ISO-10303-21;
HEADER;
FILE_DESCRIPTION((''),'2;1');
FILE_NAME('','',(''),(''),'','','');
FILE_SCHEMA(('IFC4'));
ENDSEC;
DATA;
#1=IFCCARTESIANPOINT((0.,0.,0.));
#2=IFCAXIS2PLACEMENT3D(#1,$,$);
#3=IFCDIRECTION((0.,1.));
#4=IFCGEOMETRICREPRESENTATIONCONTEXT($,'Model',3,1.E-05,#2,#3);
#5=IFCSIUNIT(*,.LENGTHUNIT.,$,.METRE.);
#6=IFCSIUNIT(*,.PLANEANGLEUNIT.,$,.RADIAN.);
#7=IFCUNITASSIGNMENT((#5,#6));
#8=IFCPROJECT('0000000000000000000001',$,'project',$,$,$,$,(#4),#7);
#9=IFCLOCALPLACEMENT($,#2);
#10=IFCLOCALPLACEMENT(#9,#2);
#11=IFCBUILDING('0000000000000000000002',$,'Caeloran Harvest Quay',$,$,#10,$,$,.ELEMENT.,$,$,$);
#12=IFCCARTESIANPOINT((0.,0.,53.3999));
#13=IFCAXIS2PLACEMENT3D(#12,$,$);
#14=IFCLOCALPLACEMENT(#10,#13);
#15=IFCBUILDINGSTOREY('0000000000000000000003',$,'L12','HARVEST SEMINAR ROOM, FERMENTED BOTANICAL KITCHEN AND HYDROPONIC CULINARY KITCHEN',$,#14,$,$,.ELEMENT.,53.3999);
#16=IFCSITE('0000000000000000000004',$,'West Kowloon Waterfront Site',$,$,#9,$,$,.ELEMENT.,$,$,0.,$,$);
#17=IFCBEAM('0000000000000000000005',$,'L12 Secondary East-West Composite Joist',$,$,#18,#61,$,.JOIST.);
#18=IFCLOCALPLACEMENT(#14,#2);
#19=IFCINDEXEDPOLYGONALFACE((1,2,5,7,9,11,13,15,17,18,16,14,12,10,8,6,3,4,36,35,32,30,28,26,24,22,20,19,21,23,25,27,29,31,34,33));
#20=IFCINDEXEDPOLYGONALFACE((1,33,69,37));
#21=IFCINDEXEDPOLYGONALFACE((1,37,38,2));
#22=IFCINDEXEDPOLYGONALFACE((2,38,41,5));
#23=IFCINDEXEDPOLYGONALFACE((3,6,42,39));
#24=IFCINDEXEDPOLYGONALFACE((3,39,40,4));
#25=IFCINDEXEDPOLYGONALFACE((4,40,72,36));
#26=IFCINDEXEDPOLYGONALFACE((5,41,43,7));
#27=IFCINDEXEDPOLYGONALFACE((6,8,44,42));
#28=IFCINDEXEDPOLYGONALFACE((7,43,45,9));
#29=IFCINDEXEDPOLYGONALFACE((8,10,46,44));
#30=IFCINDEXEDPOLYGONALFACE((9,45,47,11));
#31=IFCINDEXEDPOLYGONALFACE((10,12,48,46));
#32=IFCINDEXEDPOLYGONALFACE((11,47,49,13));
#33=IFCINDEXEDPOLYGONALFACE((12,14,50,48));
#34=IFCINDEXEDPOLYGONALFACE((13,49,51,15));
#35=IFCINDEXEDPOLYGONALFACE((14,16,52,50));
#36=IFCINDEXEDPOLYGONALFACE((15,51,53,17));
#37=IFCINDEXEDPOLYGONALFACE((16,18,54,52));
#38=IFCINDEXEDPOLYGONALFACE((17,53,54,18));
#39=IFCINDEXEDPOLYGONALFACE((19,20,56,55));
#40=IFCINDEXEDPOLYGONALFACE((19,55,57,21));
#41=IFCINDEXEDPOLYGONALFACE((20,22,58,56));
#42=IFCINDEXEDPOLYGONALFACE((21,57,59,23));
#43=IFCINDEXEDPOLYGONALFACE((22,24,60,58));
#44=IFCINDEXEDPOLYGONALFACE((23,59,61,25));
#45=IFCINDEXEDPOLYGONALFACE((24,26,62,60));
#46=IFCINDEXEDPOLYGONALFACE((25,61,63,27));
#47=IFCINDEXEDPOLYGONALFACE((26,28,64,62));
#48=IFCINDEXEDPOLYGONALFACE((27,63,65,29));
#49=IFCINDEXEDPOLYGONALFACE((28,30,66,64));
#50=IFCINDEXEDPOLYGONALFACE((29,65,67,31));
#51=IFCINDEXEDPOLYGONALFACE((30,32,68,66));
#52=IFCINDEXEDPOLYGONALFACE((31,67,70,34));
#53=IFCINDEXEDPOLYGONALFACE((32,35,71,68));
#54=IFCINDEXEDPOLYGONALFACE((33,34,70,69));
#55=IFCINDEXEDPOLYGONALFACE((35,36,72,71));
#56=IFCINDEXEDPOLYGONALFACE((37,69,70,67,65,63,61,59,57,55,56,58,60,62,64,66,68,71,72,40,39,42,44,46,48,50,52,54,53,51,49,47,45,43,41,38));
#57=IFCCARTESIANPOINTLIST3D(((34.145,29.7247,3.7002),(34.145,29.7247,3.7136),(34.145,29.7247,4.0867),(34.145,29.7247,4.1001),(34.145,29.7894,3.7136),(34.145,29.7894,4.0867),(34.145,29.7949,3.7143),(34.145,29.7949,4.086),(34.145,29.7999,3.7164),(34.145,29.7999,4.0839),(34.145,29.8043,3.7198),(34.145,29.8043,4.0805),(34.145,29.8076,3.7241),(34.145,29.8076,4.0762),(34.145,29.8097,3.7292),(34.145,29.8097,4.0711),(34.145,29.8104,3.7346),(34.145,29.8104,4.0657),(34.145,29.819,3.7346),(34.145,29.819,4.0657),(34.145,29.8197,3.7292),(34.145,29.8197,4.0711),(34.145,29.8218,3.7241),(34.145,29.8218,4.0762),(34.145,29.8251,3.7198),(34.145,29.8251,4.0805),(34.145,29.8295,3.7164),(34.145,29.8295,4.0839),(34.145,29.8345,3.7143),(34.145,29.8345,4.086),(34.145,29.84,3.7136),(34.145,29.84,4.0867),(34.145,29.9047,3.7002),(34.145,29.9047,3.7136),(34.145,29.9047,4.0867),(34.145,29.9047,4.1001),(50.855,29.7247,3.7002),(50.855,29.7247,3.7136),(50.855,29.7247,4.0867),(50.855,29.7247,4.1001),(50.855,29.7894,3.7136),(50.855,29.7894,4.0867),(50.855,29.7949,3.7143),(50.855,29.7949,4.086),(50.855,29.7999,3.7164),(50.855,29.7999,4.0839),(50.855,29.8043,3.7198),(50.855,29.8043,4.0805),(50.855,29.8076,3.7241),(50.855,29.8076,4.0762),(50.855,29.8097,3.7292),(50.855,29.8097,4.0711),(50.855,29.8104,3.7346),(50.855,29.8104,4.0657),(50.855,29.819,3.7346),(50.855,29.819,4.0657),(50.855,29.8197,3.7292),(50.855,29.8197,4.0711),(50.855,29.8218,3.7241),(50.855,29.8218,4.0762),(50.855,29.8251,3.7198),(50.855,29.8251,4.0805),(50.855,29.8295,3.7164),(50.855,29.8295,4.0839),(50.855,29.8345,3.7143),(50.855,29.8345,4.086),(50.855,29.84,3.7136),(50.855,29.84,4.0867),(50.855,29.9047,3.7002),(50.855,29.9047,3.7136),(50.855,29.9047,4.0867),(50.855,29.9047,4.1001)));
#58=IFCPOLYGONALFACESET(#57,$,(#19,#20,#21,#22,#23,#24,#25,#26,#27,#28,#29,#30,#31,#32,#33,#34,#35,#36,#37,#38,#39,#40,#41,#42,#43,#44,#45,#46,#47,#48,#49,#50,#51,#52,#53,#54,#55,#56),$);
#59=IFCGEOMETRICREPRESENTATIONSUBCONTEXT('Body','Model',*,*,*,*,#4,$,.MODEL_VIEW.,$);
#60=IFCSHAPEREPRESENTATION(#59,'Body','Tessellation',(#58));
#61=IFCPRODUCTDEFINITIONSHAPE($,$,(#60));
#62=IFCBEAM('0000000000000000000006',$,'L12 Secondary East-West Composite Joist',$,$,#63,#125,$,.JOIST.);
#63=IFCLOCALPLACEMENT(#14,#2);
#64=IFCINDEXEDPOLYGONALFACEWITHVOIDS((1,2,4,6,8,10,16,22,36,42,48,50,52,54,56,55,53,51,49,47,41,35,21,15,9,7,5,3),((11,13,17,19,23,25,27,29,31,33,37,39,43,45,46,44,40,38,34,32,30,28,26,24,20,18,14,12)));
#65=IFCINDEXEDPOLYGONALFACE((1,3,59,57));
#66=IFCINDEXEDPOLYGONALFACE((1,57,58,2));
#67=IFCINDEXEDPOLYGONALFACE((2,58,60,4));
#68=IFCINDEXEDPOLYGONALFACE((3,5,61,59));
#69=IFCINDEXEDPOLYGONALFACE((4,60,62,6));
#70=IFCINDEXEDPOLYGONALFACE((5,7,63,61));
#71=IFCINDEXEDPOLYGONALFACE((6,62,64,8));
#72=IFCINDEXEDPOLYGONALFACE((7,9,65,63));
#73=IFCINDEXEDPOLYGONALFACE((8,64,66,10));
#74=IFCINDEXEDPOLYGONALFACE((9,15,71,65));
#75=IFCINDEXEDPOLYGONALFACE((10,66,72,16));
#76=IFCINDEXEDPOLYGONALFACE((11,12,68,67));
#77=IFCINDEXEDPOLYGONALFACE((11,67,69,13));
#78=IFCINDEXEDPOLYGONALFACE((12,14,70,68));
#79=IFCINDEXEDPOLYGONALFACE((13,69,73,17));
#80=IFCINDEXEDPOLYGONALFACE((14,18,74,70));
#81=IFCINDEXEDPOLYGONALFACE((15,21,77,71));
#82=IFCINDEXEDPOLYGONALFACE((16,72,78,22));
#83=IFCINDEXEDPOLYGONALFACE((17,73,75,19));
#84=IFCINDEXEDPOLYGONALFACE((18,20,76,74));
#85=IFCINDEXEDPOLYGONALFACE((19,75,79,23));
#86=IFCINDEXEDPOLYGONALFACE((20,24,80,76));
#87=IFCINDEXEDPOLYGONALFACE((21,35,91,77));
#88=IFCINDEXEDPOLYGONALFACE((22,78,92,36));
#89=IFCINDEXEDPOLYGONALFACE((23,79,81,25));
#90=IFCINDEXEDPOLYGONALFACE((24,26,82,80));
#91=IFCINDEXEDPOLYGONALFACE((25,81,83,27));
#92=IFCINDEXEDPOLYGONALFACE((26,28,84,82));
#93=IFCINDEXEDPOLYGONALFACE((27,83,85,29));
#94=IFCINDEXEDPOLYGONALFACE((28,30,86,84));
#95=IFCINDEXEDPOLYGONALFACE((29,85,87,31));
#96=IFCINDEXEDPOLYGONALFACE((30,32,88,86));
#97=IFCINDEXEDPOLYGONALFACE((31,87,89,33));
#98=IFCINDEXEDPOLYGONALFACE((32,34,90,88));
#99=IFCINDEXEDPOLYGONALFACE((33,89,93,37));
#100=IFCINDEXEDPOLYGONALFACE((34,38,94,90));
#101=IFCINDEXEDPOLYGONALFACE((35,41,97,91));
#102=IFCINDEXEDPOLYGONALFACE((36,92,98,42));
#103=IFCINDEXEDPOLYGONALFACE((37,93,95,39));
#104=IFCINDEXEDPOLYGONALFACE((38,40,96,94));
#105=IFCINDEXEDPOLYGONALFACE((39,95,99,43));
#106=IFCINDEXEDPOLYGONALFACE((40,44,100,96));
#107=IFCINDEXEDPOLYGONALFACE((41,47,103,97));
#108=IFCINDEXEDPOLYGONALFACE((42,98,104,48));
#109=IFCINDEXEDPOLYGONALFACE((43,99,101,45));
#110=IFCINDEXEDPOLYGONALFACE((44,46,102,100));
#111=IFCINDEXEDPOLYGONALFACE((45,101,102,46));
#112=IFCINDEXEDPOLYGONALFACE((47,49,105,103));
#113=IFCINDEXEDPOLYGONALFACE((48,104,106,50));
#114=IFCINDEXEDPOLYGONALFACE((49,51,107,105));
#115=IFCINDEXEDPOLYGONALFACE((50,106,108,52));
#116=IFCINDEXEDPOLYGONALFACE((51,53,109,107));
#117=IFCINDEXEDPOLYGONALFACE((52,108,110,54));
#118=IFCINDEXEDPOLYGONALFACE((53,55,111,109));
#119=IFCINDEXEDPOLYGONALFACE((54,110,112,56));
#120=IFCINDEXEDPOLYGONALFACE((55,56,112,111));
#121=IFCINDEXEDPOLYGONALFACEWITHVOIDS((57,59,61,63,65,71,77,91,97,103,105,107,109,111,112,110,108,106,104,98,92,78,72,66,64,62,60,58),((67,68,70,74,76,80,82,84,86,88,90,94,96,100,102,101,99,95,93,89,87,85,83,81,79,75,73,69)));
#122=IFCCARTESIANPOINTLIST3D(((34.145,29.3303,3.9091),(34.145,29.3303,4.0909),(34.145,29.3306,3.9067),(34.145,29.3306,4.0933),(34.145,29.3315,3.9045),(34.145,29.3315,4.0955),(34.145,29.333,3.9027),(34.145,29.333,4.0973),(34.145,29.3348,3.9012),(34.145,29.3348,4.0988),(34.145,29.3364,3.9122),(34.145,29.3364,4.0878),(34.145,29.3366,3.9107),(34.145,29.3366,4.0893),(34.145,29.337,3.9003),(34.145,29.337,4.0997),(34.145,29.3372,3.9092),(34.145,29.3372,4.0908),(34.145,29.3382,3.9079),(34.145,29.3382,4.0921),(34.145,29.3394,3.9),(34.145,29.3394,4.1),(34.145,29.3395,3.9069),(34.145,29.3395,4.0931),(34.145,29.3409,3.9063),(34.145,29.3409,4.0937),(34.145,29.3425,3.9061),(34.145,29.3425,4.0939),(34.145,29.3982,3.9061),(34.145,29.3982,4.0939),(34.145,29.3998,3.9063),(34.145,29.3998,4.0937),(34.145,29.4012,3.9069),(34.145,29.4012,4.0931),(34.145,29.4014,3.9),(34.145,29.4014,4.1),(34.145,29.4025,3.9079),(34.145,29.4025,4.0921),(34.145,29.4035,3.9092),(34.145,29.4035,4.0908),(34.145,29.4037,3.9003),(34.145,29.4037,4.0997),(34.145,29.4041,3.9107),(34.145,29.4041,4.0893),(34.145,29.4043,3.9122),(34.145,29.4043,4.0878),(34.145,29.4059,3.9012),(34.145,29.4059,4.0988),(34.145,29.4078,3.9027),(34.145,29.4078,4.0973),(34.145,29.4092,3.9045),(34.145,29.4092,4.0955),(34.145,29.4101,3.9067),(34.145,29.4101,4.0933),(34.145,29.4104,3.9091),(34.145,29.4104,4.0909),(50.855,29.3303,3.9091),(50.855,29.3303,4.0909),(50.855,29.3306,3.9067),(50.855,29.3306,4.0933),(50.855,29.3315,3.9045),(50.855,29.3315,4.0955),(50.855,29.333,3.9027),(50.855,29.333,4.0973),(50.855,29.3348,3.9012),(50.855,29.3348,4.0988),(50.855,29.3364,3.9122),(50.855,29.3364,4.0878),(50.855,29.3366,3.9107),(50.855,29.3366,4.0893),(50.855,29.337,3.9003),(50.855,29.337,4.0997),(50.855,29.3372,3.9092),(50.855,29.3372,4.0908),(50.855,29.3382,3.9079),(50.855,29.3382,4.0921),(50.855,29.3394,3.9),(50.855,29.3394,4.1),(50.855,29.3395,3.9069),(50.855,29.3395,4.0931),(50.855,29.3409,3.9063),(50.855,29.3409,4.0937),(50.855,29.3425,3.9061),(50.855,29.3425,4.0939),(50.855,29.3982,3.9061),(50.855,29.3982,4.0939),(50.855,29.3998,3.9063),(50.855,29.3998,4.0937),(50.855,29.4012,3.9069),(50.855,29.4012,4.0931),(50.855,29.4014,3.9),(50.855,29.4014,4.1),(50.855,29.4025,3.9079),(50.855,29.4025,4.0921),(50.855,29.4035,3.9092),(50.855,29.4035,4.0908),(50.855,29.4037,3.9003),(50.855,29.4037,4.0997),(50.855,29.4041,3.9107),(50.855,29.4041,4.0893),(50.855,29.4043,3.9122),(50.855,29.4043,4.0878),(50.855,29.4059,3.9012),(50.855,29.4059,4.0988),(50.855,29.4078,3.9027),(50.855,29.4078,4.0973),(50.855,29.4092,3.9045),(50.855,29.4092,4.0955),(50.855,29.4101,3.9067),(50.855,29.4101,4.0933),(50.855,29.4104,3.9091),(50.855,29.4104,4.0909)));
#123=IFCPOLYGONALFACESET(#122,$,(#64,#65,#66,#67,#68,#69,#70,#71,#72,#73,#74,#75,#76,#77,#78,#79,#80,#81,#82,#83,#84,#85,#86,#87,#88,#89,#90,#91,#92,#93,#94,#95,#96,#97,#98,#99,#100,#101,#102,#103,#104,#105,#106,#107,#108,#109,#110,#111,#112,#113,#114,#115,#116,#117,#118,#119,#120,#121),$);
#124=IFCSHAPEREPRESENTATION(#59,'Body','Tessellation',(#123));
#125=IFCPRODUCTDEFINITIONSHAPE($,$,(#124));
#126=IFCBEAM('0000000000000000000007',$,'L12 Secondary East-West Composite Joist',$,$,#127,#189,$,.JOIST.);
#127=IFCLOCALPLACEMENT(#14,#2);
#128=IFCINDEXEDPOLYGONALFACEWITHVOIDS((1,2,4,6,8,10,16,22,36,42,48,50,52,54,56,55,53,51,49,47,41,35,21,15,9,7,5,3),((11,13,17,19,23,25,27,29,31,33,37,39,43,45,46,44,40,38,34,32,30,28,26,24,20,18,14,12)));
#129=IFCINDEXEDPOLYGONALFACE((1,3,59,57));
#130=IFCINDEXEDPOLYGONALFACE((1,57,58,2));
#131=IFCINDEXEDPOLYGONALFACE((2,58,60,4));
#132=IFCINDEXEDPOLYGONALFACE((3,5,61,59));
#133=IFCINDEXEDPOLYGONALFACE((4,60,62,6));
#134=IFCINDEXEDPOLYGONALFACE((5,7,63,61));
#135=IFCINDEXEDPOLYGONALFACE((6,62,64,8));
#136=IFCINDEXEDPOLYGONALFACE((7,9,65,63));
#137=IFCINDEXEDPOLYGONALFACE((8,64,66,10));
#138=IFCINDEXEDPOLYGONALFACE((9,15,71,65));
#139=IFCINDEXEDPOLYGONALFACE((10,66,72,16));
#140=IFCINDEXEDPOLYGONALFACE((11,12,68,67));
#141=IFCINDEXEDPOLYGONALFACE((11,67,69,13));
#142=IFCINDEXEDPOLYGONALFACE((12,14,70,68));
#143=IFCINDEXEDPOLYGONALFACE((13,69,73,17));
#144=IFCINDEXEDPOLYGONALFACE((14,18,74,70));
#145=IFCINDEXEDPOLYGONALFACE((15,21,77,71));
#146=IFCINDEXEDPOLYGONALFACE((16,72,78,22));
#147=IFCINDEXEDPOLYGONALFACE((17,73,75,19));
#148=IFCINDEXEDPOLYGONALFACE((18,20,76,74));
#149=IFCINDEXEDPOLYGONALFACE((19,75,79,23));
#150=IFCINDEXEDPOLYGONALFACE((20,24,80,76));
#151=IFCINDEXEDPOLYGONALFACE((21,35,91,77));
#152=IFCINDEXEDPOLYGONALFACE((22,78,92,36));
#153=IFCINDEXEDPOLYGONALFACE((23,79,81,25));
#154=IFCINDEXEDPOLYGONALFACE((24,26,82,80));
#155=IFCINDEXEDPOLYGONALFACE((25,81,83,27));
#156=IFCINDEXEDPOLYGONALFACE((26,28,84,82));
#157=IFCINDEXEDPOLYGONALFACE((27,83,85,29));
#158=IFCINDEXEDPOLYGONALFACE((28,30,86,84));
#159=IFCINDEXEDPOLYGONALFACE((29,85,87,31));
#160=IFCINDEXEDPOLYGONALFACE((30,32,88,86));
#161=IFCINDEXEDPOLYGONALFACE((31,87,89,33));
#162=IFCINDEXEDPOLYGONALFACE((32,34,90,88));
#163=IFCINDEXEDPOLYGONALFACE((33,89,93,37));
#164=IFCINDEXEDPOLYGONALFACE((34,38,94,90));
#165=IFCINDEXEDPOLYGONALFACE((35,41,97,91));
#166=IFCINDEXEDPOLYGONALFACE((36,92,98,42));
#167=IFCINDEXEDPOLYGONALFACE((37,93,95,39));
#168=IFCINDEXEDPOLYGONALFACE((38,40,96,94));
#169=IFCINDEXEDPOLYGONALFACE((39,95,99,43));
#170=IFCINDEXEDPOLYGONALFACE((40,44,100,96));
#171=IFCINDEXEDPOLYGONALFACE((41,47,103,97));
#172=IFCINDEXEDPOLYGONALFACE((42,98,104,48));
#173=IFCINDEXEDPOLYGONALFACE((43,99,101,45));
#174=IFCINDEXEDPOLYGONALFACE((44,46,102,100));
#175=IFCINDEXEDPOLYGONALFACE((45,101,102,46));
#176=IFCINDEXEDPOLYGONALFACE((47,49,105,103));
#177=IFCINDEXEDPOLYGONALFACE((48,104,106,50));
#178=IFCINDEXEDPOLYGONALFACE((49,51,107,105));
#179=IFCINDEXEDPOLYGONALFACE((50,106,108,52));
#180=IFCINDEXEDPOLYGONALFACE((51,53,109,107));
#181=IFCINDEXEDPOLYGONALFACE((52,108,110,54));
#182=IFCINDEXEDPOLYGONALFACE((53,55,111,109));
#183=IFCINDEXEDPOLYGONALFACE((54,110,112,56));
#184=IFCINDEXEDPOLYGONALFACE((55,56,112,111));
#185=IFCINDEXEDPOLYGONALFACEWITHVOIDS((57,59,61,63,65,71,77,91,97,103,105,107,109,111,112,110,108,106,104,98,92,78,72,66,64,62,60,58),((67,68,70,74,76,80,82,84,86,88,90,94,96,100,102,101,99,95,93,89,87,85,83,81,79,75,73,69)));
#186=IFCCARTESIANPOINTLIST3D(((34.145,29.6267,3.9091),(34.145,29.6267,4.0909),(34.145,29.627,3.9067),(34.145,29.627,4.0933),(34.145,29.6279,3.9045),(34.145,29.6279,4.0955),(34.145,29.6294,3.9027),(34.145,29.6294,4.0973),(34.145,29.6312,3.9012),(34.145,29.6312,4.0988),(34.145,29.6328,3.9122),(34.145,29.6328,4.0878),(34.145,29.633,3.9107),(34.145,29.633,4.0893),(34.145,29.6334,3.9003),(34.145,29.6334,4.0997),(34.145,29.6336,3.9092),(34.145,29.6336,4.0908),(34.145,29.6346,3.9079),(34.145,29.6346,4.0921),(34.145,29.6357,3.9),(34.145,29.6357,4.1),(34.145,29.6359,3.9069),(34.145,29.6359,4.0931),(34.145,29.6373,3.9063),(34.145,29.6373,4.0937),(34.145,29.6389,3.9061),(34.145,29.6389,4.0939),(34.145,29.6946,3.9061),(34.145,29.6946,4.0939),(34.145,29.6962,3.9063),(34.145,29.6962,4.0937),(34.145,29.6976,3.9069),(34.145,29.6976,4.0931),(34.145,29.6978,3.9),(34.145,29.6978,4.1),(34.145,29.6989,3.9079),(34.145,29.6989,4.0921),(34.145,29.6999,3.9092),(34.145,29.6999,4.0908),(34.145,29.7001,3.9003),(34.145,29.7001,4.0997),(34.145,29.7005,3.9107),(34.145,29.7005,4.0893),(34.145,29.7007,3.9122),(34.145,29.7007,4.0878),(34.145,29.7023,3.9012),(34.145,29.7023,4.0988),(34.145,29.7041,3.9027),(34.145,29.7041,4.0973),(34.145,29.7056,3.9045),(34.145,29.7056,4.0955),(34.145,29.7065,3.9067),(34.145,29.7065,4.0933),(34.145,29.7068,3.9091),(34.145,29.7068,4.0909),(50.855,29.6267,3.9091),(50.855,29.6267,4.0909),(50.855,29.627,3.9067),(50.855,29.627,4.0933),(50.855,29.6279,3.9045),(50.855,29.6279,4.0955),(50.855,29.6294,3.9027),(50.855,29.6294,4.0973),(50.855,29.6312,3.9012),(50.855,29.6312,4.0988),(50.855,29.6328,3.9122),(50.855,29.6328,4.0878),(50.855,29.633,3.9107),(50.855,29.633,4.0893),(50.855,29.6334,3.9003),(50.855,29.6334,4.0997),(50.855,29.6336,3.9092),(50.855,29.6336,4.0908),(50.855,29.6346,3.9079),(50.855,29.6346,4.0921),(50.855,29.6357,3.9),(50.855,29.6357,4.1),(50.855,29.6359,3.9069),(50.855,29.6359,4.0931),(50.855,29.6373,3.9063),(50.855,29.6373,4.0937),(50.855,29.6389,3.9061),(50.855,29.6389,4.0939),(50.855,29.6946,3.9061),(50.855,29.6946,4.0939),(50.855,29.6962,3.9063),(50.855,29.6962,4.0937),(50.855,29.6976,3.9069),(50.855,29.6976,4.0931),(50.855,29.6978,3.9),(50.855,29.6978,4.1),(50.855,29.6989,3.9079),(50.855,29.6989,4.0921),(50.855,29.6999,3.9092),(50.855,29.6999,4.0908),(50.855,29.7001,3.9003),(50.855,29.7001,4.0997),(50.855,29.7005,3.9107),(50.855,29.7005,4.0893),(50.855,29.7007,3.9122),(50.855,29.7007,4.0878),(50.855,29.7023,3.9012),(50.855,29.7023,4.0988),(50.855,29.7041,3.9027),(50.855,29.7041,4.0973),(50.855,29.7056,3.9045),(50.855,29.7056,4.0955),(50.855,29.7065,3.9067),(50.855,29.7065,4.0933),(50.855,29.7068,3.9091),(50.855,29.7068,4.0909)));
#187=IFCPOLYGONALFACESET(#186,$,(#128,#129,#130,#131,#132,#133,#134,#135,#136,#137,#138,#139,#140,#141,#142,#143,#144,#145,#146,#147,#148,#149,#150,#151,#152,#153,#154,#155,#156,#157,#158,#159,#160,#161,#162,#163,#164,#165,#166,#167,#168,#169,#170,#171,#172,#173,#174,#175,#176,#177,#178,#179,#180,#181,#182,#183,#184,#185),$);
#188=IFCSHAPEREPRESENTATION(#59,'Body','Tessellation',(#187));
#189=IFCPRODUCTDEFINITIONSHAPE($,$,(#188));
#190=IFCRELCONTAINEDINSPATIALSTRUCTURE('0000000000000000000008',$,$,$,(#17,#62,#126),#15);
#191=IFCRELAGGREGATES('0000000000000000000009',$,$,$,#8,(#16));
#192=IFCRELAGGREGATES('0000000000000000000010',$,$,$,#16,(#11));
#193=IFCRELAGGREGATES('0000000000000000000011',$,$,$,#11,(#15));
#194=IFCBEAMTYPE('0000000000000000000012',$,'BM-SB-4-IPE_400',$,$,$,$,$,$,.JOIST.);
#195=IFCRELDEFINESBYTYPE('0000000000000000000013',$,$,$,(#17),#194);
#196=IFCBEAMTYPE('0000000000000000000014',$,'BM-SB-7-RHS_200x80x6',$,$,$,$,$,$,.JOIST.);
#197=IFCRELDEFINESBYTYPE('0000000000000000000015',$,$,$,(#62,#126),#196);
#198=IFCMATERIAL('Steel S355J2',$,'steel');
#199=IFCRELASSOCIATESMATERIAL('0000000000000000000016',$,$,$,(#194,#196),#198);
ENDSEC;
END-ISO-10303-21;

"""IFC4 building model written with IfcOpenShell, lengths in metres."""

from ifc_helpers import new_model, si_unit, direction, frame, origin, origin_2d, place, context, subcontext, project, spatial, hollow_rectangle, i_section, extrude, material, material_profile, profile_set, type_object, element, save


model = new_model("IFC4")

# Units and contexts
model_context = context("Model", 3, precision=1e-05, world=origin(), true_north=direction((0.0, 1.0)))
body_context = subcontext(model_context, "Body", "Model", "MODEL_VIEW")
ifc_project = project(units=[si_unit("LENGTHUNIT", "METRE"), si_unit("PLANEANGLEUNIT", "RADIAN")], contexts=[model_context])

# Site, building, storey
site_placement = place(None, origin())
site = spatial("IfcSite", under=ifc_project, at=site_placement, Name="West Kowloon Waterfront Site", CompositionType="ELEMENT", RefElevation=0.0)
building_placement = place(site_placement, origin())
building = spatial("IfcBuilding", under=site, at=building_placement, Name="Caeloran Harvest Quay", CompositionType="ELEMENT")
storey_placement = place(building_placement, frame((0.0, 0.0, 53.3999)))
storey = spatial("IfcBuildingStorey", under=building, at=storey_placement, Name="L12", Description="HARVEST SEMINAR ROOM, FERMENTED BOTANICAL KITCHEN AND HYDROPONIC CULINARY KITCHEN", CompositionType="ELEMENT", Elevation=53.3999)

# Beams
ifc_material_1 = material(Name="Steel S355J2", Category="steel")
ifc_material_profile_1 = material_profile(ifc_material_1, i_section(OverallWidth=0.1799, OverallDepth=0.3999, WebThickness=0.0085, FlangeThickness=0.0134, FilletRadius=0.021, at=origin_2d()), Name="IPE 400")
ifc_profile_set_1 = profile_set([ifc_material_profile_1], Name="Steel S355J2")
beam_type_1 = type_object("IfcBeamType", Name="BM-SB-4-IPE_400", PredefinedType="JOIST", material=ifc_profile_set_1)
for number, where, z_axis, x_axis, name in (
    (1, (34.145, 29.8147, 3.9001), (1.0, 0.0, 0.0), (0.0, 1.0, 0.0), "L12 Secondary East-West Composite Joist"),
):
    element("IfcBeam", number, at=place(storey_placement, frame(where, z_axis=z_axis, x_axis=x_axis)), inside=storey, type_object=beam_type_1, Name=name, PredefinedType="JOIST", context=body_context, shape_type="SweptSolid", body=[
        extrude(i_section(OverallWidth=0.1799, OverallDepth=0.3999, WebThickness=0.0085, FlangeThickness=0.0134, FilletRadius=0.021, at=origin_2d()), origin(), (0.0, 0.0, 1.0), 16.71),
    ])
ifc_material_profile_2 = material_profile(ifc_material_1, hollow_rectangle(XDim=0.0801, YDim=0.2, WallThickness=0.0061, InnerFilletRadius=0.0061, OuterFilletRadius=0.009, at=origin_2d()), Name="RHS 200x80x6")
ifc_profile_set_2 = profile_set([ifc_material_profile_2], Name="Steel S355J2")
beam_type_2 = type_object("IfcBeamType", Name="BM-SB-7-RHS_200x80x6", PredefinedType="JOIST", material=ifc_profile_set_2)
for number, where, z_axis, x_axis, name in (
    (2, (34.145, 29.3704, 4.0), (1.0, 0.0, 0.0), (0.0, 1.0, 0.0), "L12 Secondary East-West Composite Joist"),
    (3, (34.145, 29.6667, 4.0), (1.0, 0.0, 0.0), (0.0, 1.0, 0.0), "L12 Secondary East-West Composite Joist"),
):
    element("IfcBeam", number, at=place(storey_placement, frame(where, z_axis=z_axis, x_axis=x_axis)), inside=storey, type_object=beam_type_2, Name=name, PredefinedType="JOIST", context=body_context, shape_type="SweptSolid", body=[
        extrude(hollow_rectangle(XDim=0.0801, YDim=0.2, WallThickness=0.0061, InnerFilletRadius=0.0061, OuterFilletRadius=0.009, at=origin_2d()), origin(), (0.0, 0.0, 1.0), 16.71),
    ])

save(model, "model.ifc")
